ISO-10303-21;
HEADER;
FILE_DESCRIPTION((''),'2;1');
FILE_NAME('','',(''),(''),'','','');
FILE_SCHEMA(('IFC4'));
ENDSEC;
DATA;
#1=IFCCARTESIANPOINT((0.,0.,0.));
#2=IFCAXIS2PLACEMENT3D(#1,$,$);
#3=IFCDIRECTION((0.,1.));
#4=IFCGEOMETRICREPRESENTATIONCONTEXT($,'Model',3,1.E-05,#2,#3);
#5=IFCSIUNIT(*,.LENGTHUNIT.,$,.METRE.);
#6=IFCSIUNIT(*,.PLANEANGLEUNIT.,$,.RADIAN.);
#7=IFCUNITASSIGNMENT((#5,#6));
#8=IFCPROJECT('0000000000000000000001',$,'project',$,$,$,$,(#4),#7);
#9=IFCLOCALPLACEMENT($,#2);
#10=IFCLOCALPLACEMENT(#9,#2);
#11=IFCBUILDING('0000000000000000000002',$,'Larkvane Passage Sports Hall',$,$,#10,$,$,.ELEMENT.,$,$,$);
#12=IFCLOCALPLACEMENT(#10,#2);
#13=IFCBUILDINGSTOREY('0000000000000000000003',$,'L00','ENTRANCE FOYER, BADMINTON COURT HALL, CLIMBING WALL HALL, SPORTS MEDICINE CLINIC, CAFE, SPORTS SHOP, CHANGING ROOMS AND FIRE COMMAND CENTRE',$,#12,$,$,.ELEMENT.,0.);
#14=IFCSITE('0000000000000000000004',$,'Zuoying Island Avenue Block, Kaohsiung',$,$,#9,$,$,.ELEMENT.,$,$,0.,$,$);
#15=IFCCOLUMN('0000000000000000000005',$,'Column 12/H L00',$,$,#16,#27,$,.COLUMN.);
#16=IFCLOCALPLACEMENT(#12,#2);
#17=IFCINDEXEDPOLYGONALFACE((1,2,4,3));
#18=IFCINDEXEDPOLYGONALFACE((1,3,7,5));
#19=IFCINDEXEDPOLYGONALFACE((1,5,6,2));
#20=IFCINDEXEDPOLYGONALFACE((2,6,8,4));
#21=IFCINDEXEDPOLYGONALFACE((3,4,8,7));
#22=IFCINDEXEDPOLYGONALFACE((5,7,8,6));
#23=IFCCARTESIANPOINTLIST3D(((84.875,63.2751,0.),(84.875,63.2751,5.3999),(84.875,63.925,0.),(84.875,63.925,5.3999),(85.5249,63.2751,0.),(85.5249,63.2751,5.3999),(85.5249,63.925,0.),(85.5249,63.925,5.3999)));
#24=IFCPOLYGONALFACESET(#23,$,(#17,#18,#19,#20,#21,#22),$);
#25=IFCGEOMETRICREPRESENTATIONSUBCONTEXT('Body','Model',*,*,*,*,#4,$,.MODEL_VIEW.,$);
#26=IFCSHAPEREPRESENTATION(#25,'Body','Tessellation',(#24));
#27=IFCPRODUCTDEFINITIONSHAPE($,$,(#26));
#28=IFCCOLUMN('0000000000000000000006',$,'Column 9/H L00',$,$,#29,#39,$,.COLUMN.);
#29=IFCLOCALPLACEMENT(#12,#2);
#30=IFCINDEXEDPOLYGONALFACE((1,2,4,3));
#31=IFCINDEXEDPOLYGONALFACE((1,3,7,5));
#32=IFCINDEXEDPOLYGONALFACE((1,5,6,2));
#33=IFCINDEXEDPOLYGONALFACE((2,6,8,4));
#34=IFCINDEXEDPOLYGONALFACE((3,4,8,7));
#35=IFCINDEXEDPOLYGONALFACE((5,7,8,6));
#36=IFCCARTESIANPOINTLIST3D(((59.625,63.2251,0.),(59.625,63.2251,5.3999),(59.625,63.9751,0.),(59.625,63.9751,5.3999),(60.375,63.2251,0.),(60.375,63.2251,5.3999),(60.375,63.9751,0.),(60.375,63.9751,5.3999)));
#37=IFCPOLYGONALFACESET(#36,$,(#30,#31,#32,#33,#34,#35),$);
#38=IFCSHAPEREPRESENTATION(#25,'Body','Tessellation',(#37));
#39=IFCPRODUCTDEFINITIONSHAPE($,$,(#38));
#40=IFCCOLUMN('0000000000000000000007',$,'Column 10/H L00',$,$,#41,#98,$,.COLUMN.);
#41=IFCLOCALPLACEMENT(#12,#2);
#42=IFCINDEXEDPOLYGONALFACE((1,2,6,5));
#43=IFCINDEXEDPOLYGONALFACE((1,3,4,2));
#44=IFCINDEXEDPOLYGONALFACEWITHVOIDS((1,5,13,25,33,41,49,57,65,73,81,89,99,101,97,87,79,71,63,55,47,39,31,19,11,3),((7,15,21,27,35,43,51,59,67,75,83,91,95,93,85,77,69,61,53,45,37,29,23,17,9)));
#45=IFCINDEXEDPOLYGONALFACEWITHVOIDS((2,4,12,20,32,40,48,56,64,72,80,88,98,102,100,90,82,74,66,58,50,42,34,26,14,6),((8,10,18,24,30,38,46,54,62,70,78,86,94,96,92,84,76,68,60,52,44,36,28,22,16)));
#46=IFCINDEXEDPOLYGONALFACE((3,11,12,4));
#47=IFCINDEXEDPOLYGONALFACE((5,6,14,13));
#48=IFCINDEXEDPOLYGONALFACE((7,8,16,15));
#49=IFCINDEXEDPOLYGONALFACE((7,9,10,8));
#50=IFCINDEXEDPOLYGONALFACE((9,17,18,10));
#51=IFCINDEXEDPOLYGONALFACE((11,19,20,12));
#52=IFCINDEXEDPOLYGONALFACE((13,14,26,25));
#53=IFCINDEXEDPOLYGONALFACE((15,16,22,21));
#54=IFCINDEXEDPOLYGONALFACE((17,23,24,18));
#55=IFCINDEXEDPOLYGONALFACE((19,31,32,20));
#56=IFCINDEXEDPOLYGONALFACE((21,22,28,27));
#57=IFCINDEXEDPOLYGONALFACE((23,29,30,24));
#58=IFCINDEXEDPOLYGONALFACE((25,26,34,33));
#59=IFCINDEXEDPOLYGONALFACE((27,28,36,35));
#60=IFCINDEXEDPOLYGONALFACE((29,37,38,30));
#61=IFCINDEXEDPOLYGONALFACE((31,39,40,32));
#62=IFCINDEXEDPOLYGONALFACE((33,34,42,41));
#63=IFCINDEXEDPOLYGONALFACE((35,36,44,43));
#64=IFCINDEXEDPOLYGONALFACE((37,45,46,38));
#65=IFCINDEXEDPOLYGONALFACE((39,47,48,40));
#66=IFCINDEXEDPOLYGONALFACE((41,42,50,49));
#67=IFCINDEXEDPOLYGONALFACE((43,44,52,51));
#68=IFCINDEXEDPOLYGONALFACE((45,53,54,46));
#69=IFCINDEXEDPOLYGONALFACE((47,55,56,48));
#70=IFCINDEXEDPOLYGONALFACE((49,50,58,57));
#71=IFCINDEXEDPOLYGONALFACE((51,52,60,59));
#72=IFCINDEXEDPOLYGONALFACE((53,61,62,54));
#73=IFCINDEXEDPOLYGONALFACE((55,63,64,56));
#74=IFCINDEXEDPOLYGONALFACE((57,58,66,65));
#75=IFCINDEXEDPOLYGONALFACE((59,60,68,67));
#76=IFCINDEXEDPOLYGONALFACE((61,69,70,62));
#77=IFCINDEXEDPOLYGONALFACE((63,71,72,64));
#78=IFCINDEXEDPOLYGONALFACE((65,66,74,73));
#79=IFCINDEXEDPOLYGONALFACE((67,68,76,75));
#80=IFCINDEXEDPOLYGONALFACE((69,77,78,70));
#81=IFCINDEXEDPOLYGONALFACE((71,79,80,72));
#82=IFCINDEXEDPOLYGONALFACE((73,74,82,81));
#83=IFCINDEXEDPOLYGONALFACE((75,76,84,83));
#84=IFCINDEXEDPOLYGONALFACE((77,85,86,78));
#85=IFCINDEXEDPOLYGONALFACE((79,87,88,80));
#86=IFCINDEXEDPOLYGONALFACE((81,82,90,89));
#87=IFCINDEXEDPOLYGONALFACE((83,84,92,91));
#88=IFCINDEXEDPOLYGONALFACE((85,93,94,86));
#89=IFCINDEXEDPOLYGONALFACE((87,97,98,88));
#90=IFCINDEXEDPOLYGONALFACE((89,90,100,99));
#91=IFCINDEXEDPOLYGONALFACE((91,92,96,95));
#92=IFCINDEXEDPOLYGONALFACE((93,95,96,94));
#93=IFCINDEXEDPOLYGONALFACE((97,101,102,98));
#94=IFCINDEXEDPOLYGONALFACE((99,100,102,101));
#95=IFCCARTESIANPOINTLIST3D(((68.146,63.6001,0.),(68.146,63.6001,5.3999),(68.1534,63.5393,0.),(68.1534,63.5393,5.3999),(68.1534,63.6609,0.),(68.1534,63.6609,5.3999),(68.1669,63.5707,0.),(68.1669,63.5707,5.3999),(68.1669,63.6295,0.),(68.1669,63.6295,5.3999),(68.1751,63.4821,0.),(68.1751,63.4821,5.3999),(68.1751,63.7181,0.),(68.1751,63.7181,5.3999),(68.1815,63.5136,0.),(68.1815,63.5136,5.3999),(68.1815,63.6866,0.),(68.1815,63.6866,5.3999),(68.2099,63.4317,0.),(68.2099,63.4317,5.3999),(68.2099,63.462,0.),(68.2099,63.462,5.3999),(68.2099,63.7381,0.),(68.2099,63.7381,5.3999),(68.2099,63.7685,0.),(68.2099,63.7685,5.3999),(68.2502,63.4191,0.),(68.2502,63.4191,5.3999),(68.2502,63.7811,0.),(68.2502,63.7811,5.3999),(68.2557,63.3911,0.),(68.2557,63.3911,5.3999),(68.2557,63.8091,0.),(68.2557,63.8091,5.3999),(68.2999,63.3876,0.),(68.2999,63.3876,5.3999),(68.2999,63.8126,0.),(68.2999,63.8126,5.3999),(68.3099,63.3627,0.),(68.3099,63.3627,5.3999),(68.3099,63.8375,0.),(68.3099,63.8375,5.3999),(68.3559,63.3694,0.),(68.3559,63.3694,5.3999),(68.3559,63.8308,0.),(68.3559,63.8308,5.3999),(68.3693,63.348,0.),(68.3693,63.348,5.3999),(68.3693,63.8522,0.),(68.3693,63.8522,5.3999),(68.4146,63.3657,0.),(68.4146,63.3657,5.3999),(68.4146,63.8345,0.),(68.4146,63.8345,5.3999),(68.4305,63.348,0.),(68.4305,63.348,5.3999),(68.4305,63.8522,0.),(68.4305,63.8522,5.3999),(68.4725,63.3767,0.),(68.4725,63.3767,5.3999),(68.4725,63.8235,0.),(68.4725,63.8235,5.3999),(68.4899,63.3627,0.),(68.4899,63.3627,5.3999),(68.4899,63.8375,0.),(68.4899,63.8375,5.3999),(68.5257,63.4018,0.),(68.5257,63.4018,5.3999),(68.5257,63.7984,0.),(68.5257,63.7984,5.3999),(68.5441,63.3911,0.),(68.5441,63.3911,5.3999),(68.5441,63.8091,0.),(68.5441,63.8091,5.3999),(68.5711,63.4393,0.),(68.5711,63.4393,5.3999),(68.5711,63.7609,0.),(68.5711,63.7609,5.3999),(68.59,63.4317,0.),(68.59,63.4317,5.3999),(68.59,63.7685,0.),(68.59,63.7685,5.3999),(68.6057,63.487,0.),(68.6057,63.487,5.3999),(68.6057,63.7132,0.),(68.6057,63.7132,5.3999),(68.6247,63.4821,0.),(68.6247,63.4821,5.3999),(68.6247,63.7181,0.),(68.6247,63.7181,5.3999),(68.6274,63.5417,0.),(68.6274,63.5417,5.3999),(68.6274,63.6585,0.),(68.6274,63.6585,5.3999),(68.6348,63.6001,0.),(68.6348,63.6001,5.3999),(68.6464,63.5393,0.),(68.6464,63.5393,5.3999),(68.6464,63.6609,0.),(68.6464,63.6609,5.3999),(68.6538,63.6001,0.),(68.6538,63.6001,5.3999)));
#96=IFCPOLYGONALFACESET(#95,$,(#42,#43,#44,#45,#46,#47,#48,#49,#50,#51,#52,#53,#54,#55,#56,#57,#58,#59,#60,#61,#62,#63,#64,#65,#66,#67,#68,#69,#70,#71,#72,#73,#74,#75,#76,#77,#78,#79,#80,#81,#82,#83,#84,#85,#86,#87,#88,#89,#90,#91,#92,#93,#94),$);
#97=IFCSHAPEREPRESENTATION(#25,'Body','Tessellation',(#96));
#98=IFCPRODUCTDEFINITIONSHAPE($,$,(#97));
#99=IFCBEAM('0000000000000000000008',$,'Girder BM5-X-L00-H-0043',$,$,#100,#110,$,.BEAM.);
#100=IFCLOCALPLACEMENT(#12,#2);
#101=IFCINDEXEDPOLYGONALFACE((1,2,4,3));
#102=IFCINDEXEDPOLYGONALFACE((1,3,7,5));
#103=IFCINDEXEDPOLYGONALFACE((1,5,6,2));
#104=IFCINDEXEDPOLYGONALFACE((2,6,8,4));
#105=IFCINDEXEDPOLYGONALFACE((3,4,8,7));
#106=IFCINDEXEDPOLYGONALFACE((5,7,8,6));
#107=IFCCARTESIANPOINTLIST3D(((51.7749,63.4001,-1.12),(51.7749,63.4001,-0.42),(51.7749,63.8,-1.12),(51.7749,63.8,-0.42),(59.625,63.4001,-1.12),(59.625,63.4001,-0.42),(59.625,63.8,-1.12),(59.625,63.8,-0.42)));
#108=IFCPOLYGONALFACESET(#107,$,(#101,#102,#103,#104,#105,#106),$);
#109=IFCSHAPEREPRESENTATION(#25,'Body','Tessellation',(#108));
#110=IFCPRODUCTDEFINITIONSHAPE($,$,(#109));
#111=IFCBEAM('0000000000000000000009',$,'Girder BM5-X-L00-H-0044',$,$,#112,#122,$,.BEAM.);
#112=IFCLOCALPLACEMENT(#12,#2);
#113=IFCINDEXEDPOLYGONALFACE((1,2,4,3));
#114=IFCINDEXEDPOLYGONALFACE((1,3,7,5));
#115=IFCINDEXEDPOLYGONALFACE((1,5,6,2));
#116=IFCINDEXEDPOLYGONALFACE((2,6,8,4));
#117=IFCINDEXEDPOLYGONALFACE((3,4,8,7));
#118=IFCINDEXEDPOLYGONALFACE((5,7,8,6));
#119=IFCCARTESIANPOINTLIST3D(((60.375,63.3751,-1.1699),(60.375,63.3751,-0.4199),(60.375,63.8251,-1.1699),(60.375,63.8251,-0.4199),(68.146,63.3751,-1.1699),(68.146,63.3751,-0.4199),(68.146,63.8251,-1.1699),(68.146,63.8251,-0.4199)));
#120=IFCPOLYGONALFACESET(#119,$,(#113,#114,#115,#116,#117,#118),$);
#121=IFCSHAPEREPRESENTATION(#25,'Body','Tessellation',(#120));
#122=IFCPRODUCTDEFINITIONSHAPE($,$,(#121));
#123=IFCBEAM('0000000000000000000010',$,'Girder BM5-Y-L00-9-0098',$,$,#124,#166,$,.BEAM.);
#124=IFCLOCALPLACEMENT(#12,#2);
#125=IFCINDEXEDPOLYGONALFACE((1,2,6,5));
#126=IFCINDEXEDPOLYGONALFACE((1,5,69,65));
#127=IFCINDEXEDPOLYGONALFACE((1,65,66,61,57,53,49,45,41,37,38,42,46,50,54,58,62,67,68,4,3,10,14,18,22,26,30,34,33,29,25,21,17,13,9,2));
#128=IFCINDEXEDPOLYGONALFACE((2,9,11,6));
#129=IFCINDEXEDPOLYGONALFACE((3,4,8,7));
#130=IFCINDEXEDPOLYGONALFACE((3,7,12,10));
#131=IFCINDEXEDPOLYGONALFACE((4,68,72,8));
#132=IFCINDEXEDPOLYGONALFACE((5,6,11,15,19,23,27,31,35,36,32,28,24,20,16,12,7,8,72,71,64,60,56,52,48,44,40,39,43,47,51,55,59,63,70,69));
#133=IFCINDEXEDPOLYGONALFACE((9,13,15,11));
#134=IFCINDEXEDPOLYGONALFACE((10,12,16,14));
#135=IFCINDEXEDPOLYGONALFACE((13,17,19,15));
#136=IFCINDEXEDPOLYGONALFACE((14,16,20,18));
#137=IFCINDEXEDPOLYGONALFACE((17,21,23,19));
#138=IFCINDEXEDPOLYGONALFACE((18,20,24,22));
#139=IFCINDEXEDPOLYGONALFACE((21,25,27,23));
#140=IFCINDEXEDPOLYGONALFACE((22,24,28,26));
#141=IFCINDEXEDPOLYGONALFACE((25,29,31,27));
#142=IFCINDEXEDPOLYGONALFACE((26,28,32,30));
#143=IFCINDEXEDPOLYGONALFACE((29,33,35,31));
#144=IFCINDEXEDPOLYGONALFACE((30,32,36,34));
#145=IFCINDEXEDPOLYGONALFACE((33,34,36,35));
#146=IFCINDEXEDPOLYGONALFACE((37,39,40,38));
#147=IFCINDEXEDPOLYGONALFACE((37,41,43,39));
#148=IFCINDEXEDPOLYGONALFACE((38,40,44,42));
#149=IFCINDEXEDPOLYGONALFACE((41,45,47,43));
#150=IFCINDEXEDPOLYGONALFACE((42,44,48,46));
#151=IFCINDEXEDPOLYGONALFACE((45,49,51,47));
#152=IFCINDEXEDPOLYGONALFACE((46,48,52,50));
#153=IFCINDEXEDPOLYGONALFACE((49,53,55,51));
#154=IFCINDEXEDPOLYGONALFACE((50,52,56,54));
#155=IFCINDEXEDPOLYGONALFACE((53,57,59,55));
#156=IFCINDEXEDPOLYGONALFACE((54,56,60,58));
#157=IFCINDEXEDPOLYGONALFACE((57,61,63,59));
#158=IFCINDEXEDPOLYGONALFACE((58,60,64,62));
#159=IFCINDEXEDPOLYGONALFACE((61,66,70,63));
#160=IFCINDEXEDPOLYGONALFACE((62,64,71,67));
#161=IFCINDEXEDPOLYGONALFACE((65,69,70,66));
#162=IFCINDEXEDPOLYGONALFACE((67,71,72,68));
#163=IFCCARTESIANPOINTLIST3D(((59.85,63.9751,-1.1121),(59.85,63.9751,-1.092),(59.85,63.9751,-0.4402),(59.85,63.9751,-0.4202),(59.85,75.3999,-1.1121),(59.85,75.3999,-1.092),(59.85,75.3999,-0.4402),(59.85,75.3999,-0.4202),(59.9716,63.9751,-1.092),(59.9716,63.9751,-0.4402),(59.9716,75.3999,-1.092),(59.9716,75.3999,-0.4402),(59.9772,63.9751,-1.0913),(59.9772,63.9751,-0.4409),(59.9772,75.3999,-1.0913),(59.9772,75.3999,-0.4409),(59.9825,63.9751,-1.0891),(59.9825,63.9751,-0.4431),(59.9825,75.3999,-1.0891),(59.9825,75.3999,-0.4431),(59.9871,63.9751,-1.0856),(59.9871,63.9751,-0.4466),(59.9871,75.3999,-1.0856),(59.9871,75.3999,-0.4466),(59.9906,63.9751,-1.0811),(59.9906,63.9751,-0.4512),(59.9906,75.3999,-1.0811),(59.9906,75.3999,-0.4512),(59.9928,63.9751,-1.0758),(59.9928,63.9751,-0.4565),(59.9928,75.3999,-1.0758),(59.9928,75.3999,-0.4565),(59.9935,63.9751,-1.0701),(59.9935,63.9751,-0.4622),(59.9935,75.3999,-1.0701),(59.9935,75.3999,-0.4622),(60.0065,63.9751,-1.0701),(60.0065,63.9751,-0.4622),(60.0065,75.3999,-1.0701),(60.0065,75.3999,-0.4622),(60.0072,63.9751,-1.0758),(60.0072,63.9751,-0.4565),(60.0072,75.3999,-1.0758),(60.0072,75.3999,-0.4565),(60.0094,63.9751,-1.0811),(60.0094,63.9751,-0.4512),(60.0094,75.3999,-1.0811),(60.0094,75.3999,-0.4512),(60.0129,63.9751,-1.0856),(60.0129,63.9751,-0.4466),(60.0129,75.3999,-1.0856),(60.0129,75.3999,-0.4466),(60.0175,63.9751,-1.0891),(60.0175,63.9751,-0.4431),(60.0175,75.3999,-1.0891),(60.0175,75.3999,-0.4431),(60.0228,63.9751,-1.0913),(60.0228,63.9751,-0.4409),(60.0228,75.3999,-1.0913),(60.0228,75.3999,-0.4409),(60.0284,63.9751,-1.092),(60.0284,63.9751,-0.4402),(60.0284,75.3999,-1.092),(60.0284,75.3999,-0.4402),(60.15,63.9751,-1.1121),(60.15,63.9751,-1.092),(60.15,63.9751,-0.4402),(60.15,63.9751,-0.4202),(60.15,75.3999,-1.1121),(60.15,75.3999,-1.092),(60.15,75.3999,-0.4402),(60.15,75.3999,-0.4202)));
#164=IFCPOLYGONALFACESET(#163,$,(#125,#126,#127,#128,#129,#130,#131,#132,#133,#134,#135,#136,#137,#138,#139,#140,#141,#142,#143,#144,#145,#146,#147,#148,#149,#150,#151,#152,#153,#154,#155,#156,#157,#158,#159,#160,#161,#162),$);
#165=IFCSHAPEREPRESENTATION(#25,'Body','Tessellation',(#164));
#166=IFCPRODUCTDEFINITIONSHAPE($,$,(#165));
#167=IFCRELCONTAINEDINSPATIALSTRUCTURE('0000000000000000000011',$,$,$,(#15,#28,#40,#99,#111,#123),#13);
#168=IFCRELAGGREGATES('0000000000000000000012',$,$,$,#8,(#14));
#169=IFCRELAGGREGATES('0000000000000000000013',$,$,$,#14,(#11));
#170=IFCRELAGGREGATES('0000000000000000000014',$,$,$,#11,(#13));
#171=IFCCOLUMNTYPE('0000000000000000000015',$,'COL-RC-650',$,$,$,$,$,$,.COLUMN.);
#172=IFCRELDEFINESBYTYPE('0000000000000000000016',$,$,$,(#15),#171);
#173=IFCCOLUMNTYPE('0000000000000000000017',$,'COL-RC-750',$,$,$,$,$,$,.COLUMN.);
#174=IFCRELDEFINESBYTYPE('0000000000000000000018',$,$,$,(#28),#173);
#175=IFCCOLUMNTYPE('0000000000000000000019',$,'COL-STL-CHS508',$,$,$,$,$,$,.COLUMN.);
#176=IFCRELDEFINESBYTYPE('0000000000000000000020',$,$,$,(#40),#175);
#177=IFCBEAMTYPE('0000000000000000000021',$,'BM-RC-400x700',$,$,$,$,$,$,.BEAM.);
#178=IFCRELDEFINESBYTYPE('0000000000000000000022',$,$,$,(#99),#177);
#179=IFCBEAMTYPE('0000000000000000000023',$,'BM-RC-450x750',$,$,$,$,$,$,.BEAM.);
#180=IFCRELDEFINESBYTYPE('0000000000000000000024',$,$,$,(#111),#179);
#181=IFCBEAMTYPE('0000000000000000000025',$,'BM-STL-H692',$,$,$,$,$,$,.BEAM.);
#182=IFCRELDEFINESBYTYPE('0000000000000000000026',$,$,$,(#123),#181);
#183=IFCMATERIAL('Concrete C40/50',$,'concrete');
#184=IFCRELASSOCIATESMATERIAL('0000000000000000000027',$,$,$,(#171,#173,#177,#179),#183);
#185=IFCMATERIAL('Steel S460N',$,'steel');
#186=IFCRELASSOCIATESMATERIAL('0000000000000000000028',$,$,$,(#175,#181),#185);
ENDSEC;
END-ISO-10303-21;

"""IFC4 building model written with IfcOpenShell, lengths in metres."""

from ifc_helpers import new_model, si_unit, direction, frame, origin, origin_2d, place, context, subcontext, project, spatial, rectangle, hollow_circle, i_section, extrude, material, material_profile, profile_set, type_object, element, save


model = new_model("IFC4")

# Units and contexts
model_context = context("Model", 3, precision=1e-05, world=origin(), true_north=direction((0.0, 1.0)))
body_context = subcontext(model_context, "Body", "Model", "MODEL_VIEW")
ifc_project = project(units=[si_unit("LENGTHUNIT", "METRE"), si_unit("PLANEANGLEUNIT", "RADIAN")], contexts=[model_context])

# Site, building, storey
site_placement = place(None, origin())
site = spatial("IfcSite", under=ifc_project, at=site_placement, Name="Zuoying Island Avenue Block, Kaohsiung", CompositionType="ELEMENT", RefElevation=0.0)
building_placement = place(site_placement, origin())
building = spatial("IfcBuilding", under=site, at=building_placement, Name="Larkvane Passage Sports Hall", CompositionType="ELEMENT")
storey_placement = place(building_placement, origin())
storey = spatial("IfcBuildingStorey", under=building, at=storey_placement, Name="L00", Description="ENTRANCE FOYER, BADMINTON COURT HALL, CLIMBING WALL HALL, SPORTS MEDICINE CLINIC, CAFE, SPORTS SHOP, CHANGING ROOMS AND FIRE COMMAND CENTRE", CompositionType="ELEMENT", Elevation=0.0)

# Columns
ifc_material_1 = material(Name="Concrete C40/50", Category="concrete")
ifc_material_profile_1 = material_profile(ifc_material_1, rectangle(XDim=0.6499, YDim=0.6499, at=origin_2d()), Name="RC-COL-650x650")
ifc_profile_set_1 = profile_set([ifc_material_profile_1], Name="Concrete C40/50")
column_type_1 = type_object("IfcColumnType", Name="COL-RC-650", PredefinedType="COLUMN", material=ifc_profile_set_1)
column_1_placement = place(storey_placement, frame((85.2, 63.6001, 0.0), z_axis=(0.0, 0.0, 1.0), x_axis=(1.0, 0.0, 0.0)))
element("IfcColumn", 1, at=column_1_placement, inside=storey, type_object=column_type_1, Name="Column 12/H L00", PredefinedType="COLUMN", context=body_context, shape_type="SweptSolid", body=[
    extrude(rectangle(XDim=0.6499, YDim=0.6499, at=origin_2d()), origin(), (0.0, 0.0, 1.0), 5.3999),
])
ifc_material_profile_2 = material_profile(ifc_material_1, rectangle(XDim=0.75, YDim=0.75, at=origin_2d()), Name="RC-COL-750x750")
ifc_profile_set_2 = profile_set([ifc_material_profile_2], Name="Concrete C40/50")
column_type_2 = type_object("IfcColumnType", Name="COL-RC-750", PredefinedType="COLUMN", material=ifc_profile_set_2)
column_2_placement = place(storey_placement, frame((60.0, 63.6001, 0.0), z_axis=(0.0, 0.0, 1.0), x_axis=(1.0, 0.0, 0.0)))
element("IfcColumn", 2, at=column_2_placement, inside=storey, type_object=column_type_2, Name="Column 9/H L00", PredefinedType="COLUMN", context=body_context, shape_type="SweptSolid", body=[
    extrude(rectangle(XDim=0.75, YDim=0.75, at=origin_2d()), origin(), (0.0, 0.0, 1.0), 5.3999),
])
ifc_material_2 = material(Name="Steel S460N", Category="steel")
ifc_material_profile_3 = material_profile(ifc_material_2, hollow_circle(Radius=0.2539, WallThickness=0.019, at=origin_2d()), Name="CHS-508.0x19.0")
ifc_profile_set_3 = profile_set([ifc_material_profile_3], Name="Steel S460N")
column_type_3 = type_object("IfcColumnType", Name="COL-STL-CHS508", PredefinedType="COLUMN", material=ifc_profile_set_3)
column_3_placement = place(storey_placement, frame((68.3999, 63.6001, 0.0), z_axis=(0.0, 0.0, 1.0), x_axis=(1.0, 0.0, 0.0)))
element("IfcColumn", 3, at=column_3_placement, inside=storey, type_object=column_type_3, Name="Column 10/H L00", PredefinedType="COLUMN", context=body_context, shape_type="SweptSolid", body=[
    extrude(hollow_circle(Radius=0.2539, WallThickness=0.019, at=origin_2d()), origin(), (0.0, 0.0, 1.0), 5.3999),
])

# Beams
ifc_material_profile_4 = material_profile(ifc_material_1, rectangle(XDim=0.3999, YDim=0.7, at=origin_2d()), Name="RC-BM-400x700")
ifc_profile_set_4 = profile_set([ifc_material_profile_4], Name="Concrete C40/50")
beam_type_1 = type_object("IfcBeamType", Name="BM-RC-400x700", PredefinedType="BEAM", material=ifc_profile_set_4)
beam_1_placement = place(storey_placement, frame((51.7749, 63.6001, -0.77), z_axis=(1.0, 0.0, 0.0), x_axis=(0.0, 1.0, 0.0)))
element("IfcBeam", 4, at=beam_1_placement, inside=storey, type_object=beam_type_1, Name="Girder BM5-X-L00-H-0043", PredefinedType="BEAM", context=body_context, shape_type="SweptSolid", body=[
    extrude(rectangle(XDim=0.3999, YDim=0.7, at=origin_2d()), origin(), (0.0, 0.0, 1.0), 7.8501),
])
ifc_material_profile_5 = material_profile(ifc_material_1, rectangle(XDim=0.45, YDim=0.75, at=origin_2d()), Name="RC-BM-450x750")
ifc_profile_set_5 = profile_set([ifc_material_profile_5], Name="Concrete C40/50")
beam_type_2 = type_object("IfcBeamType", Name="BM-RC-450x750", PredefinedType="BEAM", material=ifc_profile_set_5)
beam_2_placement = place(storey_placement, frame((60.375, 63.6001, -0.7949), z_axis=(1.0, 0.0, 0.0), x_axis=(0.0, 1.0, 0.0)))
element("IfcBeam", 5, at=beam_2_placement, inside=storey, type_object=beam_type_2, Name="Girder BM5-X-L00-H-0044", PredefinedType="BEAM", context=body_context, shape_type="SweptSolid", body=[
    extrude(rectangle(XDim=0.45, YDim=0.75, at=origin_2d()), origin(), (0.0, 0.0, 1.0), 7.771),
])
ifc_material_profile_6 = material_profile(ifc_material_2, i_section(OverallWidth=0.3, OverallDepth=0.6919, WebThickness=0.0129, FlangeThickness=0.02, FilletRadius=0.022, at=origin_2d()), Name="H-692x300x13x20")
ifc_profile_set_6 = profile_set([ifc_material_profile_6], Name="Steel S460N")
beam_type_3 = type_object("IfcBeamType", Name="BM-STL-H692", PredefinedType="BEAM", material=ifc_profile_set_6)
beam_3_placement = place(storey_placement, frame((60.0, 63.9751, -0.7661), z_axis=(0.0, 1.0, 0.0), x_axis=(-1.0, 0.0, 0.0)))
element("IfcBeam", 6, at=beam_3_placement, inside=storey, type_object=beam_type_3, Name="Girder BM5-Y-L00-9-0098", PredefinedType="BEAM", context=body_context, shape_type="SweptSolid", body=[
    extrude(i_section(OverallWidth=0.3, OverallDepth=0.6919, WebThickness=0.0129, FlangeThickness=0.02, FilletRadius=0.022, at=origin_2d()), origin(), (0.0, 0.0, 1.0), 11.4248),
])

save(model, "model.ifc")
